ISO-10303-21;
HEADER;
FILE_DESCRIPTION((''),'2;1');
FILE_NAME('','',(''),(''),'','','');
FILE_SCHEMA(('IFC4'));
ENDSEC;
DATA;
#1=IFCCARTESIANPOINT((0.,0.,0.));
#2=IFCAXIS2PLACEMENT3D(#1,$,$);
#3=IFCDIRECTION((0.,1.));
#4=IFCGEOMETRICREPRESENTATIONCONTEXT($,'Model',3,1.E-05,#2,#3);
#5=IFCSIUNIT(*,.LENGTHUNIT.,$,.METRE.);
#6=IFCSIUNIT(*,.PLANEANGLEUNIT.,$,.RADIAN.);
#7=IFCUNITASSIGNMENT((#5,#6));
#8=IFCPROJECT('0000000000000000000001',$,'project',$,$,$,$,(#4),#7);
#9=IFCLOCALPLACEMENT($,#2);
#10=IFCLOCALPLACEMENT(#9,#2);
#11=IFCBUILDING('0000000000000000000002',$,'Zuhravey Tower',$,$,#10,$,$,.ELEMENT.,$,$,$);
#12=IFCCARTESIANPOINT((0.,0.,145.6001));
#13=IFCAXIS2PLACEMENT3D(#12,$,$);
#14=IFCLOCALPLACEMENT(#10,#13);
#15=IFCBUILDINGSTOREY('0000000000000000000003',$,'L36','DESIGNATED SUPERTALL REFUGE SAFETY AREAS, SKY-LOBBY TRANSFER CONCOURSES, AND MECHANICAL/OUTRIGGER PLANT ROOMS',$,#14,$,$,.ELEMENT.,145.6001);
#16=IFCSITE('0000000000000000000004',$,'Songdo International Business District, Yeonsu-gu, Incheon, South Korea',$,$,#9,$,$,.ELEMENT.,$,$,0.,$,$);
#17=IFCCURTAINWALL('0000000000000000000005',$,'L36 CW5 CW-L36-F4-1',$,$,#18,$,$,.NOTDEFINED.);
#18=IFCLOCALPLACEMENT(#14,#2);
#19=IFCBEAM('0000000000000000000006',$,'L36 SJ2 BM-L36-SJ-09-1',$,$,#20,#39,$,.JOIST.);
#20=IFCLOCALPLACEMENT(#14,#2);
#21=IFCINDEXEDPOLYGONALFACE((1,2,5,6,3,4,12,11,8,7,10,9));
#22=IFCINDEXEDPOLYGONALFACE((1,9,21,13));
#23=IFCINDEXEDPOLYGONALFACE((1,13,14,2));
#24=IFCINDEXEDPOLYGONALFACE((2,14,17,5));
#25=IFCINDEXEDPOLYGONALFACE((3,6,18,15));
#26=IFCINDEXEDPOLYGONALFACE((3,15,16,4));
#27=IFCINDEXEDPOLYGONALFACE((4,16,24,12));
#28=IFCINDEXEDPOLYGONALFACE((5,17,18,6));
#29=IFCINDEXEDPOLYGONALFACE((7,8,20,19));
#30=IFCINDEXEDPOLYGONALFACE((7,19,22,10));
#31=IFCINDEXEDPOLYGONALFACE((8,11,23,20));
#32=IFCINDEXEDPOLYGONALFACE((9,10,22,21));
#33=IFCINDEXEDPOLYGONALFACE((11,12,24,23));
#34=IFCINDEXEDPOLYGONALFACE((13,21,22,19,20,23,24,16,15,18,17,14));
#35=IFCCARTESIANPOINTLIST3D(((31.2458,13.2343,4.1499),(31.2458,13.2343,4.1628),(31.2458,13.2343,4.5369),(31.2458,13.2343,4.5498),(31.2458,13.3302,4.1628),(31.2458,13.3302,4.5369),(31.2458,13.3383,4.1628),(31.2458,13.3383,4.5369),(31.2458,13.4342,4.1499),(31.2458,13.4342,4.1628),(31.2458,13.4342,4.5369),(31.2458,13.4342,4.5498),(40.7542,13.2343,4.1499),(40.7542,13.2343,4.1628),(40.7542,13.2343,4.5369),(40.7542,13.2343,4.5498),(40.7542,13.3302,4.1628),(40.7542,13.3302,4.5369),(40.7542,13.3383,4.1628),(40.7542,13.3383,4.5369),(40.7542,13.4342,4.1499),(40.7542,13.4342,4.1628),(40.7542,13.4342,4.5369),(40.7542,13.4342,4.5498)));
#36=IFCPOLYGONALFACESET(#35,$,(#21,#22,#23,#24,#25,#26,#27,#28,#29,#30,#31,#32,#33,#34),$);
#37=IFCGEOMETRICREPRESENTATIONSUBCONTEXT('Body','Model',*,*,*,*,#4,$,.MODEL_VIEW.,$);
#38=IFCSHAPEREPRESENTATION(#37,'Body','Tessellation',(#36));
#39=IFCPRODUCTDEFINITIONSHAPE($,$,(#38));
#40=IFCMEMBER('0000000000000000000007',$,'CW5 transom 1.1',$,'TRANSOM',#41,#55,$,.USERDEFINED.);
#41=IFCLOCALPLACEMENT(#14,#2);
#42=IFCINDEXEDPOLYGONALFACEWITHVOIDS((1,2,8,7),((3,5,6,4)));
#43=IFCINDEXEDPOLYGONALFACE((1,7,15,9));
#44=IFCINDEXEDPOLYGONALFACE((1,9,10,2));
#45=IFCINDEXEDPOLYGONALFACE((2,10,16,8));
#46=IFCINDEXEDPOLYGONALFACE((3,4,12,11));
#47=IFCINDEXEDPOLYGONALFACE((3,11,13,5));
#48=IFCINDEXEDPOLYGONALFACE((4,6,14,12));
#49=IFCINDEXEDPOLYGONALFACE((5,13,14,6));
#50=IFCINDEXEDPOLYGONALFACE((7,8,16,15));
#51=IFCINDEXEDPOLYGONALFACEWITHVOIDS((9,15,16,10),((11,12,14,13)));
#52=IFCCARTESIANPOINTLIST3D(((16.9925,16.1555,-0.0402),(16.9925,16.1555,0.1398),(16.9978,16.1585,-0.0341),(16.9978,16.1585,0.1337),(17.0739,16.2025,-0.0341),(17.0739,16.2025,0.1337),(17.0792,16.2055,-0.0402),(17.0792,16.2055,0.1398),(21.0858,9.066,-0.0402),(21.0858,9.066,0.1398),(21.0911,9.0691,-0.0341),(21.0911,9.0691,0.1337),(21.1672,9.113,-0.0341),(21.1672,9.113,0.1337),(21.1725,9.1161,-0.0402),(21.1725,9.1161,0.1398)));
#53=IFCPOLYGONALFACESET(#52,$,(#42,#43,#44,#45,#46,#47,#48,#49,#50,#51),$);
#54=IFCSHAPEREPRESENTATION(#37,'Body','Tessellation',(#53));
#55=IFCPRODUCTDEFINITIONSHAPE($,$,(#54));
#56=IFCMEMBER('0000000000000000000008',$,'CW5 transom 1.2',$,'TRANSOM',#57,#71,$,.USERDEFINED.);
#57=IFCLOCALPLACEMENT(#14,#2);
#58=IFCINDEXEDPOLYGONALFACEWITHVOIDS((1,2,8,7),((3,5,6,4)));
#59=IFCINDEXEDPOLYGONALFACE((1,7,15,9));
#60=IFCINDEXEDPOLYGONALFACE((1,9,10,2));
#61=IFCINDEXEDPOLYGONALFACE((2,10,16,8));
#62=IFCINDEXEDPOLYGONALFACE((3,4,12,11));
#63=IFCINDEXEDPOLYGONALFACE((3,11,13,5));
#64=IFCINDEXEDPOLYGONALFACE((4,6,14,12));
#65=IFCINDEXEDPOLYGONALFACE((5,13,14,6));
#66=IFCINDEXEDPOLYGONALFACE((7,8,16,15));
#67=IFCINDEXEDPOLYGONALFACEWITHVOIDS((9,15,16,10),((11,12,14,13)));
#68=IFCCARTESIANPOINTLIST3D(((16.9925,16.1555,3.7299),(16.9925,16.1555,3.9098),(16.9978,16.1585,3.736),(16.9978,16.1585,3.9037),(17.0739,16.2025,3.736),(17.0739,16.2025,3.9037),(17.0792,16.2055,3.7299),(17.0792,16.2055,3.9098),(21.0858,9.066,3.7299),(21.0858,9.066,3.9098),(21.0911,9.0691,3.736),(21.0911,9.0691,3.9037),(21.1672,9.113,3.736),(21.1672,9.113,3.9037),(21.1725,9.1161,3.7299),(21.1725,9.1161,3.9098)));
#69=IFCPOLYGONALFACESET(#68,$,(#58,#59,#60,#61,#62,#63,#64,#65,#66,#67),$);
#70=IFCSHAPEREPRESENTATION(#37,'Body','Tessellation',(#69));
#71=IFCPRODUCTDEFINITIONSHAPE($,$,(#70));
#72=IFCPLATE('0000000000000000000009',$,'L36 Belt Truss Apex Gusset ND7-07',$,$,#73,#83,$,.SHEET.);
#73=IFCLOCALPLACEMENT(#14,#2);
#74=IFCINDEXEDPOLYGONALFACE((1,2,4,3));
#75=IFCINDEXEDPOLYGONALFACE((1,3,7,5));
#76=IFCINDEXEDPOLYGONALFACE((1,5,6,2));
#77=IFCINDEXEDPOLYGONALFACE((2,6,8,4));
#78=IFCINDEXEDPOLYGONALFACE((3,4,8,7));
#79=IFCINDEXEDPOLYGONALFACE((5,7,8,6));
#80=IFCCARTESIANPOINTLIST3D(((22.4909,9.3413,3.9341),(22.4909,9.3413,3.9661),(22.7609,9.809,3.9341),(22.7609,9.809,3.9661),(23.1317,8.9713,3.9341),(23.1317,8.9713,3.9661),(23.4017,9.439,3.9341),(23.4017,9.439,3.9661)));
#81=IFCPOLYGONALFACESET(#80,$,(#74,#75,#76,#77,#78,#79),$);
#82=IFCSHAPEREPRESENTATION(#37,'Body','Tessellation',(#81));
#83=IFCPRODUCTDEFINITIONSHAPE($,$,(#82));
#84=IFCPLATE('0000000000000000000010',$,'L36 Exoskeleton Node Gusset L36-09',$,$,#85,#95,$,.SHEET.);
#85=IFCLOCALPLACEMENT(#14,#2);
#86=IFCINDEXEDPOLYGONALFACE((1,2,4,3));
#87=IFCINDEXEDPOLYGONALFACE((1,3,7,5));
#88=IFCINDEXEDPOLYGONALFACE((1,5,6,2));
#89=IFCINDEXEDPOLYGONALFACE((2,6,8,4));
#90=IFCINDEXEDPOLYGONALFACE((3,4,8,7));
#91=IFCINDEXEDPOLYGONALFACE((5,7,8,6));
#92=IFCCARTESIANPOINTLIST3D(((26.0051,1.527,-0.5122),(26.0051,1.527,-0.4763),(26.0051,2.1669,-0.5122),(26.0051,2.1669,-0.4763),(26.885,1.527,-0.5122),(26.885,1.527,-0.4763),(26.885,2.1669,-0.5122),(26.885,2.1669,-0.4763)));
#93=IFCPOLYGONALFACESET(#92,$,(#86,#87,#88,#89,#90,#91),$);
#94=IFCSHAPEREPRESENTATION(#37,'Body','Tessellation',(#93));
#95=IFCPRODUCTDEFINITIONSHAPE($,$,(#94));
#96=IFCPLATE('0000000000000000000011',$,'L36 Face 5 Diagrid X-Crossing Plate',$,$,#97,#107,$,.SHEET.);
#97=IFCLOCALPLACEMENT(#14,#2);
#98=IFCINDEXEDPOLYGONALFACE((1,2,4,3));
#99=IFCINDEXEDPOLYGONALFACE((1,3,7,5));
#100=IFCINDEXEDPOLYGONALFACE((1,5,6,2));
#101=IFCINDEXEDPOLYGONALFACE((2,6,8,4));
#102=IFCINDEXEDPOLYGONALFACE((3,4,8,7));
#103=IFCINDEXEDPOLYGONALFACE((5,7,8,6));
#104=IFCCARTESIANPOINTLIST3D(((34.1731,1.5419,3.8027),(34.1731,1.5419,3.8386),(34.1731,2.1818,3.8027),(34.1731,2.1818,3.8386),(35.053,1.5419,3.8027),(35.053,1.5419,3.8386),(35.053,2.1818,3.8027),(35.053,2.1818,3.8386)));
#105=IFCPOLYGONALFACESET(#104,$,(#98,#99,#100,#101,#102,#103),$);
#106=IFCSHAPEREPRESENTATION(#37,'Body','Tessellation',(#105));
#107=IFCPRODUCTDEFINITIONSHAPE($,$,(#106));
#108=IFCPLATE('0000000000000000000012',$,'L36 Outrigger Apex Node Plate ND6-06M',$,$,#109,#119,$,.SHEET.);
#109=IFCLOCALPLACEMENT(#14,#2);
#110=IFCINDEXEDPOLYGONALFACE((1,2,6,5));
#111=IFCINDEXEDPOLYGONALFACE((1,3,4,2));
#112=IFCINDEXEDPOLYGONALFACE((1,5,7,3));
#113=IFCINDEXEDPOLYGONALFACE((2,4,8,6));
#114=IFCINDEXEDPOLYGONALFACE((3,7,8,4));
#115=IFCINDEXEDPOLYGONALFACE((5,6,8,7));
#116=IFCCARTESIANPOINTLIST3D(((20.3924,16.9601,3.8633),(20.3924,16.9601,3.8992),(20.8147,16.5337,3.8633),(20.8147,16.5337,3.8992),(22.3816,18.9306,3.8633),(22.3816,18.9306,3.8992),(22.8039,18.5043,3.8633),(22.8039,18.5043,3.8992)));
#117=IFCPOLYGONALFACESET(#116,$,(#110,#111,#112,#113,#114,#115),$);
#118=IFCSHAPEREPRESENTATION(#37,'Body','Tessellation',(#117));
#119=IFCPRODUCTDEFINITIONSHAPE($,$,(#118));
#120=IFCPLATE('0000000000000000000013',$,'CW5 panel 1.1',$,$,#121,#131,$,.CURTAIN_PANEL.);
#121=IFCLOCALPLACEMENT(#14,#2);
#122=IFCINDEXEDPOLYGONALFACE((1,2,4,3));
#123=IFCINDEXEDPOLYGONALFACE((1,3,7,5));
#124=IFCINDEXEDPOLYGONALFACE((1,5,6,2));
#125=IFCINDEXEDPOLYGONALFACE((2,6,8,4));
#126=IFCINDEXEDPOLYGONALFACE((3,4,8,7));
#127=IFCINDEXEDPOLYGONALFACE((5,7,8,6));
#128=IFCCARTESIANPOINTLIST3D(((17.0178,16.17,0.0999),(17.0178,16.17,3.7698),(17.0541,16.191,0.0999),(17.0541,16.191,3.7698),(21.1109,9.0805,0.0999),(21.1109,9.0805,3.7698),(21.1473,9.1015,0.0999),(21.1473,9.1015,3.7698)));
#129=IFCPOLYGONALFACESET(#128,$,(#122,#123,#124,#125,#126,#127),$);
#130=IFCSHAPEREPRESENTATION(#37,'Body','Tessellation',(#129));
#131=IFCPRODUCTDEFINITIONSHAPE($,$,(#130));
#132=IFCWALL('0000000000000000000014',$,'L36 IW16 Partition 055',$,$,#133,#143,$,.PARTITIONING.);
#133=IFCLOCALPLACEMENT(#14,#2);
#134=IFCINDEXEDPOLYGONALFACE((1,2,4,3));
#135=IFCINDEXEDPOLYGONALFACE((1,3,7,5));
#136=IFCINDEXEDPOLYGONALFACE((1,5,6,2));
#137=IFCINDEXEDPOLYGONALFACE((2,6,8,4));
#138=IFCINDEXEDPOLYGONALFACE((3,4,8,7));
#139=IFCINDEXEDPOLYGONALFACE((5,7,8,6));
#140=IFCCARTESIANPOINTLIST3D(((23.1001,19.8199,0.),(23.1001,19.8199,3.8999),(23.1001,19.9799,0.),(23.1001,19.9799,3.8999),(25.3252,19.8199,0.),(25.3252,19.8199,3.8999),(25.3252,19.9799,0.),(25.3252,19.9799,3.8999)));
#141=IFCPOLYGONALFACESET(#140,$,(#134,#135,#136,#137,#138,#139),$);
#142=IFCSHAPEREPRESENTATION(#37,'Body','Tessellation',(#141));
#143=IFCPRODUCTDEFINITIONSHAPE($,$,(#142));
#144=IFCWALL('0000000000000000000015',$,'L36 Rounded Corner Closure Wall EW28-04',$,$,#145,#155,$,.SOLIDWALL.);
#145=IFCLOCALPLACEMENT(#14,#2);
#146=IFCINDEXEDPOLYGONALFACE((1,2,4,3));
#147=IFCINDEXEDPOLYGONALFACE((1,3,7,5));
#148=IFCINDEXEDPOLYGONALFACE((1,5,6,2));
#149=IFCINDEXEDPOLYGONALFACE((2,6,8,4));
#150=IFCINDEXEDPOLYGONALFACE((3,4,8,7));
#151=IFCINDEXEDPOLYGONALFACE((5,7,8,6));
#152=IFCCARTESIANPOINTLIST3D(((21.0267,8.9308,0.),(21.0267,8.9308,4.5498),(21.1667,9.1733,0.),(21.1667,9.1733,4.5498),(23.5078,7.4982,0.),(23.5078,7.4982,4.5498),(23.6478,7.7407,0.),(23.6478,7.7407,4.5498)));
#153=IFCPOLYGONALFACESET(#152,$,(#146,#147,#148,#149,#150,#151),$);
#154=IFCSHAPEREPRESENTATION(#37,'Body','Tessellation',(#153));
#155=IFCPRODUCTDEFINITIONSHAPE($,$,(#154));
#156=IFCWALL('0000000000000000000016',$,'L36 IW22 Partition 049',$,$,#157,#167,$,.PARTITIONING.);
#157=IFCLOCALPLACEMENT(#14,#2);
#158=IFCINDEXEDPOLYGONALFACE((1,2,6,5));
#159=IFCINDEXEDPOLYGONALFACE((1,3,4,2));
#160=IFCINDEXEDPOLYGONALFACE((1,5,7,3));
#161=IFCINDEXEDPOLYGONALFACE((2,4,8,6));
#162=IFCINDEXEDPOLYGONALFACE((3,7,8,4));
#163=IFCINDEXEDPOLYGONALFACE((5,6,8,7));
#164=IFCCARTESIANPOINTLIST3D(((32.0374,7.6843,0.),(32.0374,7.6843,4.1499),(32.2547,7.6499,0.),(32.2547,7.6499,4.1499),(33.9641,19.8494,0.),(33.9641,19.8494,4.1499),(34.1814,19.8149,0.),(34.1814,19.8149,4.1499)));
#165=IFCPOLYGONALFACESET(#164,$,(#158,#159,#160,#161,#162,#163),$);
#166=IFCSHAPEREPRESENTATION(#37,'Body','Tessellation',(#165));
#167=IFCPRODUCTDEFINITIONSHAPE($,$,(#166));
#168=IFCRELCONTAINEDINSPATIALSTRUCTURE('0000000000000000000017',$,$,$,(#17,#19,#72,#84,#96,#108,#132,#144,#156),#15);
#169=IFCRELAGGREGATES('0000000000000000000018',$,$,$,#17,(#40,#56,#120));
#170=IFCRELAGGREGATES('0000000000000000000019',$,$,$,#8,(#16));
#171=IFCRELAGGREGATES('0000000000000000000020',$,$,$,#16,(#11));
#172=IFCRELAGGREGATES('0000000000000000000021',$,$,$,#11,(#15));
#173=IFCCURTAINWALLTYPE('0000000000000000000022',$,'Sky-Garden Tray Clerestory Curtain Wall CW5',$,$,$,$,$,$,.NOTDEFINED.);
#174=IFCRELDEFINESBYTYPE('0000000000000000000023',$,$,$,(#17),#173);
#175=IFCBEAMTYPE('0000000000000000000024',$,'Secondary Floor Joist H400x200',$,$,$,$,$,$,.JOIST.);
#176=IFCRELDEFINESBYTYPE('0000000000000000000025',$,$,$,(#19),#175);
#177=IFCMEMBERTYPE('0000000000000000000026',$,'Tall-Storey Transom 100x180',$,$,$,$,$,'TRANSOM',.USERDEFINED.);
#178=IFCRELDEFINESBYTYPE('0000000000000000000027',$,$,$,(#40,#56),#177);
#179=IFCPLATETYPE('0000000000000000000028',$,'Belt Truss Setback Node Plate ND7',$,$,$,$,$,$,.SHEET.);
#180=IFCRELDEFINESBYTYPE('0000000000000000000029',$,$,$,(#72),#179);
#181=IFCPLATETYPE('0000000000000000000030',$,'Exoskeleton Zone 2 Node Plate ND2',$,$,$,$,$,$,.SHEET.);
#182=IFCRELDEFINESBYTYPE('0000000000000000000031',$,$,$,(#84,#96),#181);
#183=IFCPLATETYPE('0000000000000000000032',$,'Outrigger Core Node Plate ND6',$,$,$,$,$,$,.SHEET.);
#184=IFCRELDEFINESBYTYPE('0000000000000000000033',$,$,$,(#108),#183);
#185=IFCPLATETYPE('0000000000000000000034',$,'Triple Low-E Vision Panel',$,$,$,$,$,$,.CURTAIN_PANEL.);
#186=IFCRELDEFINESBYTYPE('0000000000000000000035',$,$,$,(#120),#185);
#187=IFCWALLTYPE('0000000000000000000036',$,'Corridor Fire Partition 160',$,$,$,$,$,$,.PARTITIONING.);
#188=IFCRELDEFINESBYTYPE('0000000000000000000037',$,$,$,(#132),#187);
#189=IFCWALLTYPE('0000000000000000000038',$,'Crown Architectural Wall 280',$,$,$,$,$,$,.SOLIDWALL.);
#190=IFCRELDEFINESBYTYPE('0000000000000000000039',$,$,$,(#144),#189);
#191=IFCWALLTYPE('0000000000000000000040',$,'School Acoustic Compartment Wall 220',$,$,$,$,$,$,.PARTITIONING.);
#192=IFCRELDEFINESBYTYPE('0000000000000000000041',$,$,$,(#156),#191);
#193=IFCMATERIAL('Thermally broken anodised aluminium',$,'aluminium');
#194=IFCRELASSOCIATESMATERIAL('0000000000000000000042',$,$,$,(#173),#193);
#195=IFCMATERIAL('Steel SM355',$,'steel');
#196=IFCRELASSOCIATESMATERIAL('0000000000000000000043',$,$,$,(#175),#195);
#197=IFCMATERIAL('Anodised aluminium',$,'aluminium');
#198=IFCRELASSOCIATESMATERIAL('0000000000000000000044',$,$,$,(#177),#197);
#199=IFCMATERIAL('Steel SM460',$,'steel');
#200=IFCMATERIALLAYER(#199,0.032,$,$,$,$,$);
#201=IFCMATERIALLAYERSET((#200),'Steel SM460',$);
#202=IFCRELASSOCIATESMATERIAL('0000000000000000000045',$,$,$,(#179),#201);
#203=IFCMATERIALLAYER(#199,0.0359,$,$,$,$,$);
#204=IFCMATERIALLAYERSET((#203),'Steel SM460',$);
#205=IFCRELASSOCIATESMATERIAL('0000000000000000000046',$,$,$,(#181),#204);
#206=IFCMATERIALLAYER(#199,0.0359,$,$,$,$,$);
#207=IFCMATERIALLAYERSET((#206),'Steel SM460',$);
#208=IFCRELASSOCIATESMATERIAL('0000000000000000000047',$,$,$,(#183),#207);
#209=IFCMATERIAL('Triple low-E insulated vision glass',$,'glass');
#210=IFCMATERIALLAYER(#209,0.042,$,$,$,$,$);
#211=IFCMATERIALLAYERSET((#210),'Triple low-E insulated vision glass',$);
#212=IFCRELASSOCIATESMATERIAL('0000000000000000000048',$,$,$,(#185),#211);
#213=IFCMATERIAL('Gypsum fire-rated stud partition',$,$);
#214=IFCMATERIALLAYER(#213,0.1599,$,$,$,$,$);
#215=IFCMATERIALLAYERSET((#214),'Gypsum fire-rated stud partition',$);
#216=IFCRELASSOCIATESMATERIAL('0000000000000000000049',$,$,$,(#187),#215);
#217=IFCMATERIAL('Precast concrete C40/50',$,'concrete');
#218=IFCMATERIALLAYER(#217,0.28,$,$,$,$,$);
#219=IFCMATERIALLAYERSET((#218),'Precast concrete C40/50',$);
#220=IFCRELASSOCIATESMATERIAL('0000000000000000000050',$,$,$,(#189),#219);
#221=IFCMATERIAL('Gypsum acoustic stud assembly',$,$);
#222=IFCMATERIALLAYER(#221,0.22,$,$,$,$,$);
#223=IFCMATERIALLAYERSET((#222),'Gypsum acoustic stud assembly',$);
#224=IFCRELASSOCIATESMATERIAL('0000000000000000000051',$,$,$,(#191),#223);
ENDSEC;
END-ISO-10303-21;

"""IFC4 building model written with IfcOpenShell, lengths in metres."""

from ifc_helpers import new_model, si_unit, direction, frame, frame_2d, origin, origin_2d, place, context, subcontext, project, spatial, rectangle, hollow_rectangle, i_section, extrude, material, layer, layer_set, material_profile, profile_set, type_object, element, aggregate, save


model = new_model("IFC4")

# Units and contexts
model_context = context("Model", 3, precision=1e-05, world=origin(), true_north=direction((0.0, 1.0)))
body_context = subcontext(model_context, "Body", "Model", "MODEL_VIEW")
ifc_project = project(units=[si_unit("LENGTHUNIT", "METRE"), si_unit("PLANEANGLEUNIT", "RADIAN")], contexts=[model_context])

# Site, building, storey
site_placement = place(None, origin())
site = spatial("IfcSite", under=ifc_project, at=site_placement, Name="Songdo International Business District, Yeonsu-gu, Incheon, South Korea", CompositionType="ELEMENT", RefElevation=0.0)
building_placement = place(site_placement, origin())
building = spatial("IfcBuilding", under=site, at=building_placement, Name="Zuhravey Tower", CompositionType="ELEMENT")
storey_placement = place(building_placement, frame((0.0, 0.0, 145.6001)))
storey = spatial("IfcBuildingStorey", under=building, at=storey_placement, Name="L36", Description="DESIGNATED SUPERTALL REFUGE SAFETY AREAS, SKY-LOBBY TRANSFER CONCOURSES, AND MECHANICAL/OUTRIGGER PLANT ROOMS", CompositionType="ELEMENT", Elevation=145.6001)

# Shared definitions
ifc_material_1 = material(Name="Steel SM355", Category="steel")
ifc_material_2 = material(Name="Steel SM460", Category="steel")

# Curtain wall
ifc_material_3 = material(Name="Thermally broken anodised aluminium", Category="aluminium")
curtain_wall_type = type_object("IfcCurtainWallType", Name="Sky-Garden Tray Clerestory Curtain Wall CW5", PredefinedType="NOTDEFINED", material=ifc_material_3)
curtain_wall_placement = place(storey_placement, origin())
curtain_wall = element("IfcCurtainWall", 1, at=curtain_wall_placement, inside=storey, type_object=curtain_wall_type, Name="L36 CW5 CW-L36-F4-1", PredefinedType="NOTDEFINED")
ifc_material_4 = material(Name="Anodised aluminium", Category="aluminium")

# Beam
ifc_material_profile_1 = material_profile(ifc_material_1, i_section(OverallWidth=0.2, OverallDepth=0.3999, WebThickness=0.0081, FlangeThickness=0.0129, at=origin_2d()), Name="H-400x200x8x13")
ifc_profile_set_1 = profile_set([ifc_material_profile_1], Name="Steel SM355")
beam_type_1 = type_object("IfcBeamType", Name="Secondary Floor Joist H400x200", PredefinedType="JOIST", material=ifc_profile_set_1)
beam_1_placement = place(storey_placement, frame((31.2458, 13.3342, 4.3499), z_axis=(1.0, 0.0, 0.0), x_axis=(0.0, 1.0, 0.0)))
element("IfcBeam", 2, at=beam_1_placement, inside=storey, type_object=beam_type_1, Name="L36 SJ2 BM-L36-SJ-09-1", PredefinedType="JOIST", context=body_context, shape_type="SweptSolid", body=[
    extrude(i_section(OverallWidth=0.2, OverallDepth=0.3999, WebThickness=0.0081, FlangeThickness=0.0129, at=origin_2d()), origin(), (0.0, 0.0, 1.0), 9.5083),
])

# Members
ifc_material_profile_2 = material_profile(ifc_material_4, hollow_rectangle(XDim=0.1001, YDim=0.1799, WallThickness=0.0061, at=origin_2d()), Name="ALU-RHS-100x180x6")
ifc_profile_set_2 = profile_set([ifc_material_profile_2], Name="Anodised aluminium")
member_type_1 = type_object("IfcMemberType", Name="Tall-Storey Transom 100x180", ElementType="TRANSOM", PredefinedType="USERDEFINED", material=ifc_profile_set_2)
member_1_placement = place(storey_placement, frame((21.1292, 9.0911, 0.0498), z_axis=(-0.50002, 0.866014, 0.0), x_axis=(-0.866014, -0.50002, 0.0)))
member_1 = element("IfcMember", 3, at=member_1_placement, type_object=member_type_1, Name="CW5 transom 1.1", ObjectType="TRANSOM", PredefinedType="USERDEFINED", context=body_context, shape_type="SweptSolid", body=[
    extrude(hollow_rectangle(XDim=0.1001, YDim=0.1799, WallThickness=0.0061, at=origin_2d()), origin(), (0.0, 0.0, 1.0), 8.1863),
])
member_2_placement = place(storey_placement, frame((21.1292, 9.0911, 3.8198), z_axis=(-0.50002, 0.866014, 0.0), x_axis=(-0.866014, -0.50002, 0.0)))
member_2 = element("IfcMember", 4, at=member_2_placement, type_object=member_type_1, Name="CW5 transom 1.2", ObjectType="TRANSOM", PredefinedType="USERDEFINED", context=body_context, shape_type="SweptSolid", body=[
    extrude(hollow_rectangle(XDim=0.1001, YDim=0.1799, WallThickness=0.0061, at=origin_2d()), origin(), (0.0, 0.0, 1.0), 8.1863),
])

# Plates
ifc_layer_1 = layer(ifc_material_2, 0.032)
ifc_layer_set_1 = layer_set([ifc_layer_1], Name="Steel SM460")
plate_type_1 = type_object("IfcPlateType", Name="Belt Truss Setback Node Plate ND7", PredefinedType="SHEET", material=ifc_layer_set_1)
plate_1_placement = place(storey_placement, frame((22.9463, 9.3901, 3.9341), z_axis=(0.0, 0.0, 1.0), x_axis=(0.866025, -0.5, 0.0)))
element("IfcPlate", 5, at=plate_1_placement, inside=storey, type_object=plate_type_1, Name="L36 Belt Truss Apex Gusset ND7-07", PredefinedType="SHEET", context=body_context, shape_type="SweptSolid", body=[
    extrude(rectangle(XDim=0.74, YDim=0.54, at=origin_2d()), origin(), (0.0, 0.0, 1.0), 0.032),
])
ifc_layer_2 = layer(ifc_material_2, 0.0359)
ifc_layer_set_2 = layer_set([ifc_layer_2], Name="Steel SM460")
plate_type_2 = type_object("IfcPlateType", Name="Exoskeleton Zone 2 Node Plate ND2", PredefinedType="SHEET", material=ifc_layer_set_2)
for number, where, z_axis, x_axis, name in (
    (6, (26.4451, 1.8469, -0.5122), (0.0, 0.0, 1.0), (1.0, 0.0, 0.0), "L36 Exoskeleton Node Gusset L36-09"),
    (7, (34.613, 1.8618, 3.8027), (0.0, 0.0, 1.0), (1.0, 0.0, 0.0), "L36 Face 5 Diagrid X-Crossing Plate"),
):
    element("IfcPlate", number, at=place(storey_placement, frame(where, z_axis=z_axis, x_axis=x_axis)), inside=storey, type_object=plate_type_2, Name=name, PredefinedType="SHEET", context=body_context, shape_type="SweptSolid", body=[
        extrude(rectangle(XDim=0.8799, YDim=0.6399, at=origin_2d()), origin(), (0.0, 0.0, 1.0), 0.0359),
    ])
ifc_layer_3 = layer(ifc_material_2, 0.0359)
ifc_layer_set_3 = layer_set([ifc_layer_3], Name="Steel SM460")
plate_type_3 = type_object("IfcPlateType", Name="Outrigger Core Node Plate ND6", PredefinedType="SHEET", material=ifc_layer_set_3)
plate_2_placement = place(storey_placement, frame((21.5981, 17.7322, 3.8633), z_axis=(0.0, 0.0, 1.0), x_axis=(-0.710431, -0.703767, 0.0)))
element("IfcPlate", 8, at=plate_2_placement, inside=storey, type_object=plate_type_3, Name="L36 Outrigger Apex Node Plate ND6-06M", PredefinedType="SHEET", context=body_context, shape_type="SweptSolid", body=[
    extrude(rectangle(XDim=2.8, YDim=0.6001, at=origin_2d()), origin(), (0.0, 0.0, 1.0), 0.0359),
])

# Plate
ifc_material_5 = material(Name="Triple low-E insulated vision glass", Category="glass")
ifc_layer_4 = layer(ifc_material_5, 0.042)
ifc_layer_set_4 = layer_set([ifc_layer_4], Name="Triple low-E insulated vision glass")
plate_type_4 = type_object("IfcPlateType", Name="Triple Low-E Vision Panel", PredefinedType="CURTAIN_PANEL", material=ifc_layer_set_4)
plate_3_placement = place(storey_placement, frame((19.0825, 12.6357, 0.0999), z_axis=(0.0, 0.0, 1.0), x_axis=(-0.5, 0.866026, 0.0)))
plate_3 = element("IfcPlate", 9, at=plate_3_placement, type_object=plate_type_4, Name="CW5 panel 1.1", PredefinedType="CURTAIN_PANEL", context=body_context, shape_type="SweptSolid", body=[
    extrude(rectangle(XDim=8.1863, YDim=0.042, at=origin_2d()), origin(), (0.0, 0.0, 1.0), 3.6699),
])
aggregate(curtain_wall, [member_1, member_2, plate_3])

# Walls
ifc_material_6 = material(Name="Gypsum fire-rated stud partition")
ifc_layer_5 = layer(ifc_material_6, 0.1599)
ifc_layer_set_5 = layer_set([ifc_layer_5], Name="Gypsum fire-rated stud partition")
wall_type_1 = type_object("IfcWallType", Name="Corridor Fire Partition 160", PredefinedType="PARTITIONING", material=ifc_layer_set_5)
wall_1_placement = place(storey_placement, frame((23.1001, 19.8999, 0.0), z_axis=(0.0, 0.0, 1.0), x_axis=(1.0, 0.0, 0.0)))
element("IfcWall", 10, at=wall_1_placement, inside=storey, type_object=wall_type_1, Name="L36 IW16 Partition 055", PredefinedType="PARTITIONING", context=body_context, shape_type="SweptSolid", body=[
    extrude(rectangle(XDim=2.2251, YDim=0.1599, at=frame_2d((1.1125, 0.0))), origin(), (0.0, 0.0, 1.0), 3.8999),
])
ifc_material_7 = material(Name="Precast concrete C40/50", Category="concrete")
ifc_layer_6 = layer(ifc_material_7, 0.28)
ifc_layer_set_6 = layer_set([ifc_layer_6], Name="Precast concrete C40/50")
wall_type_2 = type_object("IfcWallType", Name="Crown Architectural Wall 280", PredefinedType="SOLIDWALL", material=ifc_layer_set_6)
wall_2_placement = place(storey_placement, frame((23.5779, 7.6194, 0.0), z_axis=(0.0, 0.0, 1.0), x_axis=(-0.866011, 0.500025, 0.0)))
element("IfcWall", 11, at=wall_2_placement, inside=storey, type_object=wall_type_2, Name="L36 Rounded Corner Closure Wall EW28-04", PredefinedType="SOLIDWALL", context=body_context, shape_type="SweptSolid", body=[
    extrude(rectangle(XDim=2.865, YDim=0.28, at=frame_2d((1.4326, 0.0))), origin(), (0.0, 0.0, 1.0), 4.5498),
])
ifc_material_8 = material(Name="Gypsum acoustic stud assembly")
ifc_layer_7 = layer(ifc_material_8, 0.22)
ifc_layer_set_7 = layer_set([ifc_layer_7], Name="Gypsum acoustic stud assembly")
wall_type_3 = type_object("IfcWallType", Name="School Acoustic Compartment Wall 220", PredefinedType="PARTITIONING", material=ifc_layer_set_7)
wall_3_placement = place(storey_placement, frame((34.0728, 19.832, 0.0), z_axis=(0.0, 0.0, 1.0), x_axis=(-0.156435, -0.987688, 0.0)))
element("IfcWall", 12, at=wall_3_placement, inside=storey, type_object=wall_type_3, Name="L36 IW22 Partition 049", PredefinedType="PARTITIONING", context=body_context, shape_type="SweptSolid", body=[
    extrude(rectangle(XDim=12.3167, YDim=0.22, at=frame_2d((6.1582, 0.0))), origin(), (0.0, 0.0, 1.0), 4.1499),
])

save(model, "model.ifc")
